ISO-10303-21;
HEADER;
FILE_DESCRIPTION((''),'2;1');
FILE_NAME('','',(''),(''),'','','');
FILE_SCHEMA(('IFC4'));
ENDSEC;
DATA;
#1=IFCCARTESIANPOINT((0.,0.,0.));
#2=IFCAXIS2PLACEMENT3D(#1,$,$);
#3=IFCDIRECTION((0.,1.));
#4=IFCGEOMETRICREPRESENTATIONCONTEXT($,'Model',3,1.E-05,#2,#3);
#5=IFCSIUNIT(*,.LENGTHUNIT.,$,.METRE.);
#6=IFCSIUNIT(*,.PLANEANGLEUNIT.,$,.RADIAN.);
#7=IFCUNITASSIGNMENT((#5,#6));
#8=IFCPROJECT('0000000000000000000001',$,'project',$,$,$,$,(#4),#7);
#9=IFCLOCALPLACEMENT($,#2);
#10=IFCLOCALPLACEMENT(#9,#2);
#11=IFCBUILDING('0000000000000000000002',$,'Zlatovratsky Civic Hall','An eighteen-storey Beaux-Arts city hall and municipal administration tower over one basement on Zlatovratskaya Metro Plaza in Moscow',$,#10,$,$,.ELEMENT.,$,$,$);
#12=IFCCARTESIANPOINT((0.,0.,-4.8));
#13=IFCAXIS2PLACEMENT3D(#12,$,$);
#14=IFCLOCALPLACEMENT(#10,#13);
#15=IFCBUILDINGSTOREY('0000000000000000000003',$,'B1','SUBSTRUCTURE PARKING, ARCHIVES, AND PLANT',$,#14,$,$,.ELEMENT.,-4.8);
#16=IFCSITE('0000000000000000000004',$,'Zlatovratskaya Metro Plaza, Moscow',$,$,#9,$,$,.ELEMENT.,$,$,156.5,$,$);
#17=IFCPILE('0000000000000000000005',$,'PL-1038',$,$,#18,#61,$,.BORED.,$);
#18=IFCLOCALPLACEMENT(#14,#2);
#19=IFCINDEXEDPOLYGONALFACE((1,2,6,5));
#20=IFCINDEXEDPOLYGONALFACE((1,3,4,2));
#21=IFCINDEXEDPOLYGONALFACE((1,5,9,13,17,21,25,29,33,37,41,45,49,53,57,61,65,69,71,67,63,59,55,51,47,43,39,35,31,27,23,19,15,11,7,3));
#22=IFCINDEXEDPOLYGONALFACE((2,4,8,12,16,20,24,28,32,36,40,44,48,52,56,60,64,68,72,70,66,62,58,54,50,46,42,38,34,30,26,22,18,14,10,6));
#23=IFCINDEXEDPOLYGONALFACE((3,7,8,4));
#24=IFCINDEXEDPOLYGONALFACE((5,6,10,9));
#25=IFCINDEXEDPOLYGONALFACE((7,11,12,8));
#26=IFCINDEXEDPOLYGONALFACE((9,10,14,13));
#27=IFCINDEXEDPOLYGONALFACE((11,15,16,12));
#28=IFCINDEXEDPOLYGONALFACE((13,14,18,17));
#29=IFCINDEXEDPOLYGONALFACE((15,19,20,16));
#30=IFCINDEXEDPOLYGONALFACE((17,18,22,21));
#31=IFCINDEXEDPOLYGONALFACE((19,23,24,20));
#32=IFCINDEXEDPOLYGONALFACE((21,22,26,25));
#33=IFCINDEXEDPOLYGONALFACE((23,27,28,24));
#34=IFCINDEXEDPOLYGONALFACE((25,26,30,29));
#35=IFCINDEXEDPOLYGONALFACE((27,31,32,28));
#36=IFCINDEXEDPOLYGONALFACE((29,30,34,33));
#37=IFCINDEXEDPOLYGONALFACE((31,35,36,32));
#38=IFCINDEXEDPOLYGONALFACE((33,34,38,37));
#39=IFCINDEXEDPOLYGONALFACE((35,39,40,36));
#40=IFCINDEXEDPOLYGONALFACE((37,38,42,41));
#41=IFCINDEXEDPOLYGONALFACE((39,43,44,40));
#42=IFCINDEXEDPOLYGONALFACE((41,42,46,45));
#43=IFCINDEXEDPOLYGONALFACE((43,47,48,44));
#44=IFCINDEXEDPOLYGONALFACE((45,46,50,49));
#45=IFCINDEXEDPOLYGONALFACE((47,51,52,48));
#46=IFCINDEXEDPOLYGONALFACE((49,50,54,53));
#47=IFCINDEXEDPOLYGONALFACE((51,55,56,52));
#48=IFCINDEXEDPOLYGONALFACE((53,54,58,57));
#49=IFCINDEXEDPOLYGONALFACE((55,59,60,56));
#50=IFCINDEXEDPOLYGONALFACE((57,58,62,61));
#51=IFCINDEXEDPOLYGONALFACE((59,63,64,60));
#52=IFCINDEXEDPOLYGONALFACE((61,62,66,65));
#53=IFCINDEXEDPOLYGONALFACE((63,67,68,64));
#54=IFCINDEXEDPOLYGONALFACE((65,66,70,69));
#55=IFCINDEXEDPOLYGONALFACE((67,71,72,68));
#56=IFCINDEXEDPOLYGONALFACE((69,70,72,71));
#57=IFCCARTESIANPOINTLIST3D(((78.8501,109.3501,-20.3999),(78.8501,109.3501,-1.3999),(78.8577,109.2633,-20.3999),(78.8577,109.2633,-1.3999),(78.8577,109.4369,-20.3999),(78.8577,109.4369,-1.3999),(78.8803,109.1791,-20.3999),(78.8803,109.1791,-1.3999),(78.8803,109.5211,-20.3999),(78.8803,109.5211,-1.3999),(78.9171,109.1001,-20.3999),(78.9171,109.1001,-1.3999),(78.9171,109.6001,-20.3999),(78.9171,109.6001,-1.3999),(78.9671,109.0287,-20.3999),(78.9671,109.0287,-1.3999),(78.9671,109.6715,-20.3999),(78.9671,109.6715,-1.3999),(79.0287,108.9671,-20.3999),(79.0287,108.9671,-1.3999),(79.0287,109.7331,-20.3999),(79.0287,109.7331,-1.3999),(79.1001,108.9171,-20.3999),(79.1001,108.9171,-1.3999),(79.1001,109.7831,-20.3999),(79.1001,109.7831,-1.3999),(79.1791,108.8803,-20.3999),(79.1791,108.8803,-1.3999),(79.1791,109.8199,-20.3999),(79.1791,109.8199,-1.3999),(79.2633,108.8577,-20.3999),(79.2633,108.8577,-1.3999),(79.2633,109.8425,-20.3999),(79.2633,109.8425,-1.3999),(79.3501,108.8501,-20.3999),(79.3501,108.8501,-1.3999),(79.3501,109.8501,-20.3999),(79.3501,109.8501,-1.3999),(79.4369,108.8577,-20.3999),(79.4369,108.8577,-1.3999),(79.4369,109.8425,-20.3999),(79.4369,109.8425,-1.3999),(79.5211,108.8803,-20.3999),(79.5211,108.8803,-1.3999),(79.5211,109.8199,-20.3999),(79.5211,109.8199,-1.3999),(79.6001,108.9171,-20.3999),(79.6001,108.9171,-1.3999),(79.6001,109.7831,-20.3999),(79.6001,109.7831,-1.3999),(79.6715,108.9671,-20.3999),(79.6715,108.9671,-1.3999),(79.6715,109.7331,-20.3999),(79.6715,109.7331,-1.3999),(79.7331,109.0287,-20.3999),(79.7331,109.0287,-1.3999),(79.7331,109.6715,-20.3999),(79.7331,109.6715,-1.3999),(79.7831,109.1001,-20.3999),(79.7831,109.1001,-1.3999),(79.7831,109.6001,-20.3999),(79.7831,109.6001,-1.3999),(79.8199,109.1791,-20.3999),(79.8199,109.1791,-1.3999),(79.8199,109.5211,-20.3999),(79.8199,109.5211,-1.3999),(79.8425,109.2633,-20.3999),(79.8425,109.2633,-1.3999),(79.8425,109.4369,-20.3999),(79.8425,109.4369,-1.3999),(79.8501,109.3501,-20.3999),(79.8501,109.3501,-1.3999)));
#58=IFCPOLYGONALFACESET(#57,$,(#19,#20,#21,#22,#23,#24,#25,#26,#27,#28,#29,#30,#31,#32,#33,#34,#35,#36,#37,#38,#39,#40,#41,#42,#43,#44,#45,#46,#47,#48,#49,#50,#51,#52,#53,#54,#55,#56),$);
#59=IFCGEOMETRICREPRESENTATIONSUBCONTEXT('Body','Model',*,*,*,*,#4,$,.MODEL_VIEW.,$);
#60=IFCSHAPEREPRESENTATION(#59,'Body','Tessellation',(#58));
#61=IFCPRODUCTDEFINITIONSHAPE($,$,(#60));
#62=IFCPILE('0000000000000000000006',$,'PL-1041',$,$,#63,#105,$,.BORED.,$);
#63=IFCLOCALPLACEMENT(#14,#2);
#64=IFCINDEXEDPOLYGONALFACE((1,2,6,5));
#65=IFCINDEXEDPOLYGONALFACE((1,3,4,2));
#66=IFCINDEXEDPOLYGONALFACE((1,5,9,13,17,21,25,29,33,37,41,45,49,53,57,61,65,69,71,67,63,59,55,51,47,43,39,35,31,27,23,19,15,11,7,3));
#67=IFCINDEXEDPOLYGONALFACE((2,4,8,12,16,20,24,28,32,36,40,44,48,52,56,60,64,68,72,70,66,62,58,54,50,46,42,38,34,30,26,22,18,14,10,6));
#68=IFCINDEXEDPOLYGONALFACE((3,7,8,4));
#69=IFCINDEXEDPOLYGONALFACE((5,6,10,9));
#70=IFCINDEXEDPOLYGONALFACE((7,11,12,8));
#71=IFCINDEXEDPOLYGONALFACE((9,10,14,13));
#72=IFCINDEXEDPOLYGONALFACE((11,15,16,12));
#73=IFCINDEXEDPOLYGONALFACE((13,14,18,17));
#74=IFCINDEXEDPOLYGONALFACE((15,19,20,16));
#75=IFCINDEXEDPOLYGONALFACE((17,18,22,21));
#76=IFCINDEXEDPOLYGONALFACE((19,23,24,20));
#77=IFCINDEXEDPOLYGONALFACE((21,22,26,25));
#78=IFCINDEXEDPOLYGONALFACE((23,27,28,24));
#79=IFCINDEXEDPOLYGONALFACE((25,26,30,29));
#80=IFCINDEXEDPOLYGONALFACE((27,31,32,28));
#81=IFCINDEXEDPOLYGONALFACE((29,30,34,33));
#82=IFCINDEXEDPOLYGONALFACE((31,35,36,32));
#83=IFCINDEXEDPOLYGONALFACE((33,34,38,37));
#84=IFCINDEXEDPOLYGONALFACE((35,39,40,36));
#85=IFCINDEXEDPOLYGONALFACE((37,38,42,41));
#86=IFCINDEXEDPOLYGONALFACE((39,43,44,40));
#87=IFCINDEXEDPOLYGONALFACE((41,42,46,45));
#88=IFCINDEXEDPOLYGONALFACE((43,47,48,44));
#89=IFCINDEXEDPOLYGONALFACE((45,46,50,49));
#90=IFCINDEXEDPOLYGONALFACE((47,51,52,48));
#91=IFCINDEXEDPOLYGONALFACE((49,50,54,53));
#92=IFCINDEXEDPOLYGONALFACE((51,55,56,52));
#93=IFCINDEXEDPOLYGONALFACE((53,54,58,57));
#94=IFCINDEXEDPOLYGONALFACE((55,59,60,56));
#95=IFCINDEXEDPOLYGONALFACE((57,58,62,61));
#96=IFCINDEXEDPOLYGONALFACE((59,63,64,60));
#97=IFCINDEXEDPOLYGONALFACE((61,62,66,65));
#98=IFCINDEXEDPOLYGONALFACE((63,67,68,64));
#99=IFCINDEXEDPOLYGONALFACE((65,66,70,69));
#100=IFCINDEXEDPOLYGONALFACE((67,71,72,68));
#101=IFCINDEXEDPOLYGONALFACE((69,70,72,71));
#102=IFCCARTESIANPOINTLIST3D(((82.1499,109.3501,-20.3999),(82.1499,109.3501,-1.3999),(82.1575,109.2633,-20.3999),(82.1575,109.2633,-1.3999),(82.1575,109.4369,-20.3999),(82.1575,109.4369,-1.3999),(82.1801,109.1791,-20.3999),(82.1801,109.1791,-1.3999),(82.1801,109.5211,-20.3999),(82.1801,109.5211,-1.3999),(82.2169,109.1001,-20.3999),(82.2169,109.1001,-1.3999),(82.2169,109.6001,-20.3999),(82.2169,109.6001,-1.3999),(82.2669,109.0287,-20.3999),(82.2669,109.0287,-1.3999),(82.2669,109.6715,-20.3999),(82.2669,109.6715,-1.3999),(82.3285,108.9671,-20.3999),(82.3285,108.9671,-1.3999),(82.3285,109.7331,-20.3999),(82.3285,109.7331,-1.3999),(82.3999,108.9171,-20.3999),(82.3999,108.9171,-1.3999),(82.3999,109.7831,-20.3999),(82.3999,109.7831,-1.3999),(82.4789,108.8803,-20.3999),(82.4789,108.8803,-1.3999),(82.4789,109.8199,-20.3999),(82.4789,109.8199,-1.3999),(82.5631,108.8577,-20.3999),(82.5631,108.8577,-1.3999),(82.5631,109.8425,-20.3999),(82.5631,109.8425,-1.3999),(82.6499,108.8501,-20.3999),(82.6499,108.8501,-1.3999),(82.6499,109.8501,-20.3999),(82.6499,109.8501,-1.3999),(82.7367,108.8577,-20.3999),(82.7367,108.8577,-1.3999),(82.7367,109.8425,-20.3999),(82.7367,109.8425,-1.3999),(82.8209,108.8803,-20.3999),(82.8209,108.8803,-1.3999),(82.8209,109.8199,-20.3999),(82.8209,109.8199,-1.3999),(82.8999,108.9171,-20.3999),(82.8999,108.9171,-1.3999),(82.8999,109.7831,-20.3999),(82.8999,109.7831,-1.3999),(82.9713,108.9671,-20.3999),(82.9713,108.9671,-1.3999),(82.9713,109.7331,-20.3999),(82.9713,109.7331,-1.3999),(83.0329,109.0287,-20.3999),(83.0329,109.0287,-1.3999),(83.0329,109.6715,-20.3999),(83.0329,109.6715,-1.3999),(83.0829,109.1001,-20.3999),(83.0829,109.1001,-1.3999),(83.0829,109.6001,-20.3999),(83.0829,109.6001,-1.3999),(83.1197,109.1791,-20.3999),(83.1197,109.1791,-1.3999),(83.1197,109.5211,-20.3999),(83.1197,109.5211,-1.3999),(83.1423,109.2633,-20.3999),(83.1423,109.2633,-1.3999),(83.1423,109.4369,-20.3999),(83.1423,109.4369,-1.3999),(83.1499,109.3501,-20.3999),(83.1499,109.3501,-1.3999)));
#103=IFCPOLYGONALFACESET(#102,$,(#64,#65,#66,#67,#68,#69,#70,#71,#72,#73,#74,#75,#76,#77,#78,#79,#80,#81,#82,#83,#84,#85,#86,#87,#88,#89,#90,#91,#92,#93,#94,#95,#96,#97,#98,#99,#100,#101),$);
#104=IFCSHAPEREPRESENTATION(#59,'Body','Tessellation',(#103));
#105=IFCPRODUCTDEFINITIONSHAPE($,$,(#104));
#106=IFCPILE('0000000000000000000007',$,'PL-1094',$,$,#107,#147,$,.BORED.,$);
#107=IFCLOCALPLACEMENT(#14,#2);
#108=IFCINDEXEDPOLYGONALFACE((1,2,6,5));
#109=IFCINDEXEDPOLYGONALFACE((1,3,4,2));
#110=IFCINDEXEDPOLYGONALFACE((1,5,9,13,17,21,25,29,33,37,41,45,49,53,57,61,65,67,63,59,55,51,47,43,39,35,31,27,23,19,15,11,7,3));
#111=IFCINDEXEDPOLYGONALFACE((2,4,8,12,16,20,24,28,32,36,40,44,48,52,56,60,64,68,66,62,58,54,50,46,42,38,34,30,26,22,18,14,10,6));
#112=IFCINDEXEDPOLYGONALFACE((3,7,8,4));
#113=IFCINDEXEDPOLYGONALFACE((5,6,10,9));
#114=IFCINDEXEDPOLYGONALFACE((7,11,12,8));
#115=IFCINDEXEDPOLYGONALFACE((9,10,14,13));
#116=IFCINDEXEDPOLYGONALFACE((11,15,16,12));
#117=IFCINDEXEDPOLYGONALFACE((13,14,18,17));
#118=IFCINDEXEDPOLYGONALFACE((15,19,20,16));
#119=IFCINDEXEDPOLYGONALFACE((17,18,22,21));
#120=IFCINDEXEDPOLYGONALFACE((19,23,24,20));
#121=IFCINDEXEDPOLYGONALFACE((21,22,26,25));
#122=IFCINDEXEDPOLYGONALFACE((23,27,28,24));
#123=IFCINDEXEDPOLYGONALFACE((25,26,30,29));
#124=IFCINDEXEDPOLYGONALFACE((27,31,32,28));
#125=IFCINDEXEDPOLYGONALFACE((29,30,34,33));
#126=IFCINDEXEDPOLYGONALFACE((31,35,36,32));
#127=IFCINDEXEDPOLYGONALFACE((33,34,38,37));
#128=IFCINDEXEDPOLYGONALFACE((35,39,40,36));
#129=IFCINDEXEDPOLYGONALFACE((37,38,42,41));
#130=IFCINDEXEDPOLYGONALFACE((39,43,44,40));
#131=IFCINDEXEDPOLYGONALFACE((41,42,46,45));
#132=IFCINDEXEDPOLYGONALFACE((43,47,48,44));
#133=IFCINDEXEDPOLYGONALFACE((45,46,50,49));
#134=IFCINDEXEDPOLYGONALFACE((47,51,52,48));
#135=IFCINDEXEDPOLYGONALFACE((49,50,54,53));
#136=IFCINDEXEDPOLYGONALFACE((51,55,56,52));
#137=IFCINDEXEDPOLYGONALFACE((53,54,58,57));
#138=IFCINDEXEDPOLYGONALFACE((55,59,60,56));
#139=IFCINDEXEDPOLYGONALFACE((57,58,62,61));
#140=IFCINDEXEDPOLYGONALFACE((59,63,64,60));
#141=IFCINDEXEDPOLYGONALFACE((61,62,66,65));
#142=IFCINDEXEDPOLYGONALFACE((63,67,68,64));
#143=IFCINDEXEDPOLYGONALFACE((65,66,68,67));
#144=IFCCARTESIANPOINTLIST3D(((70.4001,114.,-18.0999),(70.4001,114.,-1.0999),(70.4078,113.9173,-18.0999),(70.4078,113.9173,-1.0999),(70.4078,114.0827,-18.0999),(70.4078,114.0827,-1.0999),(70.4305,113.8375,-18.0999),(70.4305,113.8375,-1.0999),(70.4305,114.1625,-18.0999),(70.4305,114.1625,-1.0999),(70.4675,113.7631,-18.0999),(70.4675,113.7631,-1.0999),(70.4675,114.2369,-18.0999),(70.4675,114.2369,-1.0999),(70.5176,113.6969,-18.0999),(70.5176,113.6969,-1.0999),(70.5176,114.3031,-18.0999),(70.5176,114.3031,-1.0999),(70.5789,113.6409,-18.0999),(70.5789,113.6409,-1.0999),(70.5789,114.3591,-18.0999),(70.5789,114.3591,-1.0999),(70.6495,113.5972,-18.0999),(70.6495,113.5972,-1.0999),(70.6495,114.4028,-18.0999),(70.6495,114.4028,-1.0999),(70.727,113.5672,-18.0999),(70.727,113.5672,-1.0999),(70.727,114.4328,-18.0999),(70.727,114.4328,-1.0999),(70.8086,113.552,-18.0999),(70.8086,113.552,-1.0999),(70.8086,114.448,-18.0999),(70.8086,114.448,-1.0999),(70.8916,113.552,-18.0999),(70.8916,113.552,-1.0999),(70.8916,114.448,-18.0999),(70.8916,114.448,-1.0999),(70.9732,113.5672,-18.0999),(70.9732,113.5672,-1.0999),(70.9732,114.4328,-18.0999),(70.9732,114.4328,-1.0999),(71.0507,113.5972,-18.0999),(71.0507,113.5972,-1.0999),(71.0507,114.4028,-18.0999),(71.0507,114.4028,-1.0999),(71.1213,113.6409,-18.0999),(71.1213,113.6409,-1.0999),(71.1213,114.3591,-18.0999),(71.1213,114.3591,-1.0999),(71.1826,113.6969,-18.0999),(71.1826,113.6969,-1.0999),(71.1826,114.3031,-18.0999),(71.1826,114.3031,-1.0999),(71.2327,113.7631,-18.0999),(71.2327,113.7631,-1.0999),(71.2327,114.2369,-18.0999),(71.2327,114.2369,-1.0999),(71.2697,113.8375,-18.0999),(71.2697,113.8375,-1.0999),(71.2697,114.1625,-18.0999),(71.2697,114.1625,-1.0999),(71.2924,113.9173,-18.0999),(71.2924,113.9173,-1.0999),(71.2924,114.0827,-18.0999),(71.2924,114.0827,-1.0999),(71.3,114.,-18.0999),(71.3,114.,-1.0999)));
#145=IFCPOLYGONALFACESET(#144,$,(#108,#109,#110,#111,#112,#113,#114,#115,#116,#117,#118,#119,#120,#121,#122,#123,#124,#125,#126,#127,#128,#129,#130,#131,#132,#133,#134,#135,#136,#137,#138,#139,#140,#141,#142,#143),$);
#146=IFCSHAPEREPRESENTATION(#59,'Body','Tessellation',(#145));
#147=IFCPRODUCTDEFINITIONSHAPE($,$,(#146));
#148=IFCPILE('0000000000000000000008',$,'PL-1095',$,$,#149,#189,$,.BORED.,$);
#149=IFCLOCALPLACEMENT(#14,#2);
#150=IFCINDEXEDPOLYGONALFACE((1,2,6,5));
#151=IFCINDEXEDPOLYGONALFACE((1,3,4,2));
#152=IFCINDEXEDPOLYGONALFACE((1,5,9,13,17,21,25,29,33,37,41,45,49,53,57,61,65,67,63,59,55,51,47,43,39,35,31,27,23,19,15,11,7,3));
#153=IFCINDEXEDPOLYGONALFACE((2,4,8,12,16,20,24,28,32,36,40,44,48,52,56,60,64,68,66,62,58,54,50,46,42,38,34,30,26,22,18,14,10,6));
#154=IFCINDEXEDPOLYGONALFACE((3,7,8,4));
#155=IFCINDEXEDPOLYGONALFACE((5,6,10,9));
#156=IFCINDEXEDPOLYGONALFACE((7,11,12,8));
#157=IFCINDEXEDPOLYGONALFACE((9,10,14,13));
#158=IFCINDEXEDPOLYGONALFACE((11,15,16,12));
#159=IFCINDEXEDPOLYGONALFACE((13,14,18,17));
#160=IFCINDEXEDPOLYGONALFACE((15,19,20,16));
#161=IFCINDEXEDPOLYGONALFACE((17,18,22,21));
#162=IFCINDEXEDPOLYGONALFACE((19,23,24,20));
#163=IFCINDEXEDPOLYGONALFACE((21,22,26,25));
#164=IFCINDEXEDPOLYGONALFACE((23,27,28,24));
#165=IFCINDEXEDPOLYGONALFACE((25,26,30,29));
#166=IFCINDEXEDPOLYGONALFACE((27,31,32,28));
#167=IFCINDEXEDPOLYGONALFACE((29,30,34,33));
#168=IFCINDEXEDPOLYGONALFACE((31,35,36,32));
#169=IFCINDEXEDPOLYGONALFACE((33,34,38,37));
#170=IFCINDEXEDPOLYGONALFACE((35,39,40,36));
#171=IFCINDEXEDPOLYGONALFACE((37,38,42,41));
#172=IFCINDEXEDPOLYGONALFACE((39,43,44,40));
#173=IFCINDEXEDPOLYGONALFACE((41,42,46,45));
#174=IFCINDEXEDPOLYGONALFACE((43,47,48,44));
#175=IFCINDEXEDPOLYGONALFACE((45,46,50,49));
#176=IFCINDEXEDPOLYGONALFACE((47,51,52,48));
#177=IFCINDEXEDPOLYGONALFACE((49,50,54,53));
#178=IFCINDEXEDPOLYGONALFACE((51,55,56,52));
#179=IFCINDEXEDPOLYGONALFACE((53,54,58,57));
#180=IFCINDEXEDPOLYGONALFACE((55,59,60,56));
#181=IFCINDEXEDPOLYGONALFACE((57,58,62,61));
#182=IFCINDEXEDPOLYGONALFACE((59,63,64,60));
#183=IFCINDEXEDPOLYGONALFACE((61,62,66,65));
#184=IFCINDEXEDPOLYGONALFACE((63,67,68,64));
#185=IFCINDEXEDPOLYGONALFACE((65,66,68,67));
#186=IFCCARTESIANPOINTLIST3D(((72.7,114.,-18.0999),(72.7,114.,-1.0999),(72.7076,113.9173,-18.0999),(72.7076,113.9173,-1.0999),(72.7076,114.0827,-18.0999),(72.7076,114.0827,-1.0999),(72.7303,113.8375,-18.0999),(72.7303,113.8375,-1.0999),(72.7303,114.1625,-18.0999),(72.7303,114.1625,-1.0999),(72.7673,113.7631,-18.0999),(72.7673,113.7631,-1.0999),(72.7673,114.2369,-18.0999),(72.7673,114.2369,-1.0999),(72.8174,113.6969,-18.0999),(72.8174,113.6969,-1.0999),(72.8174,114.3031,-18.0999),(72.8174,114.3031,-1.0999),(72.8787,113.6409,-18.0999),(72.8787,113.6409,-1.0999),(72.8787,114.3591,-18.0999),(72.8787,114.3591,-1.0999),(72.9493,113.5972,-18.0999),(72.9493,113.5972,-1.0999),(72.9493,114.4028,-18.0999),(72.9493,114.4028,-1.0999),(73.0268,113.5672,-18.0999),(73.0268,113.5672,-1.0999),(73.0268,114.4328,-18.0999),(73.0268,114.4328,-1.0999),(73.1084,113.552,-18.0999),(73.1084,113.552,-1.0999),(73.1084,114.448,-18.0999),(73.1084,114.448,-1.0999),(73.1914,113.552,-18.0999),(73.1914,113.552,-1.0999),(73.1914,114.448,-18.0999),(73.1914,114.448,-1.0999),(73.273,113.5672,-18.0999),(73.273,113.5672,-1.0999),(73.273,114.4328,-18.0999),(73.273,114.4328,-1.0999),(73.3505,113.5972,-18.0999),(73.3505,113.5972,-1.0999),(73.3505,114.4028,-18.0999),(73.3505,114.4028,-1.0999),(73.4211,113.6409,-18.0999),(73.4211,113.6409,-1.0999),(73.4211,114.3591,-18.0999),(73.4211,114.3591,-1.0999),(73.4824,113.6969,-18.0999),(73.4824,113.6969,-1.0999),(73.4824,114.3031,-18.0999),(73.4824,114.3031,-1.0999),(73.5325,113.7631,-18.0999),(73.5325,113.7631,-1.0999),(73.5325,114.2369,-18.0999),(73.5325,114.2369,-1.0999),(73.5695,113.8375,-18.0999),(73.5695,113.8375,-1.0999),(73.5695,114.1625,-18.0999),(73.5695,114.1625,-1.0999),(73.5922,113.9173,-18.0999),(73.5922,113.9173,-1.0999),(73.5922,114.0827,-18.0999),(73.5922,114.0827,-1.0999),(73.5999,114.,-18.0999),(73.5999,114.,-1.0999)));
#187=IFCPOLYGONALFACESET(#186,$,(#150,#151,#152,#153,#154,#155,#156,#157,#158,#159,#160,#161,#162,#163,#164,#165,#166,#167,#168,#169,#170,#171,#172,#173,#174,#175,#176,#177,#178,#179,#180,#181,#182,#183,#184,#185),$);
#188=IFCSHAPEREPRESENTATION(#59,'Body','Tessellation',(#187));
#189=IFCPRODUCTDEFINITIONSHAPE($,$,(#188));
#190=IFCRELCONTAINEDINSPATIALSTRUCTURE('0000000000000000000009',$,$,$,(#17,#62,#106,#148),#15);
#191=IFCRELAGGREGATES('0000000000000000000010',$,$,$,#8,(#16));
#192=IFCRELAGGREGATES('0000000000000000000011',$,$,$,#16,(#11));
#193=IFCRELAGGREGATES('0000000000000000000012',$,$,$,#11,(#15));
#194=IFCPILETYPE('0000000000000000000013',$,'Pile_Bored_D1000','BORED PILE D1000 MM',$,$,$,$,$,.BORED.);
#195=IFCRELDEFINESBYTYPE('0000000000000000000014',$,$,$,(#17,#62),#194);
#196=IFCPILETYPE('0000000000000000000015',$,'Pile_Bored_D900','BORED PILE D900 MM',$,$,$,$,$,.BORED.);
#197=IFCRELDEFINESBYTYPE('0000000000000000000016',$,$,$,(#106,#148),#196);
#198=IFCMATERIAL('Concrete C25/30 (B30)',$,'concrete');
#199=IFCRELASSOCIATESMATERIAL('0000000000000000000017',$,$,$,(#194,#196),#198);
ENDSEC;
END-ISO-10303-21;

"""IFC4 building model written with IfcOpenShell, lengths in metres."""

from ifc_helpers import new_model, si_unit, direction, frame, origin, origin_2d, place, context, subcontext, project, spatial, circle, extrude, material, material_profile, profile_set, type_object, element, save


model = new_model("IFC4")

# Units and contexts
model_context = context("Model", 3, precision=1e-05, world=origin(), true_north=direction((0.0, 1.0)))
body_context = subcontext(model_context, "Body", "Model", "MODEL_VIEW")
ifc_project = project(units=[si_unit("LENGTHUNIT", "METRE"), si_unit("PLANEANGLEUNIT", "RADIAN")], contexts=[model_context])

# Site, building, storey
site_placement = place(None, origin())
site = spatial("IfcSite", under=ifc_project, at=site_placement, Name="Zlatovratskaya Metro Plaza, Moscow", CompositionType="ELEMENT", RefElevation=156.5)
building_placement = place(site_placement, origin())
building = spatial("IfcBuilding", under=site, at=building_placement, Name="Zlatovratsky Civic Hall", Description="An eighteen-storey Beaux-Arts city hall and municipal administration tower over one basement on Zlatovratskaya Metro Plaza in Moscow", CompositionType="ELEMENT")
storey_placement = place(building_placement, frame((0.0, 0.0, -4.8)))
storey = spatial("IfcBuildingStorey", under=building, at=storey_placement, Name="B1", Description="SUBSTRUCTURE PARKING, ARCHIVES, AND PLANT", CompositionType="ELEMENT", Elevation=-4.8)

# Shared definitions
ifc_material_1 = material(Name="Concrete C25/30 (B30)", Category="concrete")

# Piles
ifc_material_profile_1 = material_profile(ifc_material_1, circle(Radius=0.5, at=origin_2d()), Name="PILE D1000")
ifc_profile_set_1 = profile_set([ifc_material_profile_1], Name="Concrete C25/30 (B30)")
pile_type_1 = type_object("IfcPileType", Name="Pile_Bored_D1000", Description="BORED PILE D1000 MM", PredefinedType="BORED", material=ifc_profile_set_1)
for number, where, z_axis, x_axis, name in (
    (1, (79.3501, 109.3501, -1.3999), (0.0, 0.0, -1.0), (1.0, 0.0, 0.0), "PL-1038"),
    (2, (82.6499, 109.3501, -1.3999), (0.0, 0.0, -1.0), (1.0, 0.0, 0.0), "PL-1041"),
):
    element("IfcPile", number, at=place(storey_placement, frame(where, z_axis=z_axis, x_axis=x_axis)), inside=storey, type_object=pile_type_1, Name=name, PredefinedType="BORED", context=body_context, shape_type="SweptSolid", body=[
        extrude(circle(Radius=0.5, at=origin_2d()), origin(), (0.0, 0.0, 1.0), 19.0),
    ])
ifc_material_profile_2 = material_profile(ifc_material_1, circle(Radius=0.45, at=origin_2d()), Name="PILE D900")
ifc_profile_set_2 = profile_set([ifc_material_profile_2], Name="Concrete C25/30 (B30)")
pile_type_2 = type_object("IfcPileType", Name="Pile_Bored_D900", Description="BORED PILE D900 MM", PredefinedType="BORED", material=ifc_profile_set_2)
for number, where, z_axis, x_axis, name in (
    (3, (70.8501, 114.0, -1.0999), (0.0, 0.0, -1.0), (1.0, 0.0, 0.0), "PL-1094"),
    (4, (73.1499, 114.0, -1.0999), (0.0, 0.0, -1.0), (1.0, 0.0, 0.0), "PL-1095"),
):
    element("IfcPile", number, at=place(storey_placement, frame(where, z_axis=z_axis, x_axis=x_axis)), inside=storey, type_object=pile_type_2, Name=name, PredefinedType="BORED", context=body_context, shape_type="SweptSolid", body=[
        extrude(circle(Radius=0.45, at=origin_2d()), origin(), (0.0, 0.0, 1.0), 17.0),
    ])

save(model, "model.ifc")
